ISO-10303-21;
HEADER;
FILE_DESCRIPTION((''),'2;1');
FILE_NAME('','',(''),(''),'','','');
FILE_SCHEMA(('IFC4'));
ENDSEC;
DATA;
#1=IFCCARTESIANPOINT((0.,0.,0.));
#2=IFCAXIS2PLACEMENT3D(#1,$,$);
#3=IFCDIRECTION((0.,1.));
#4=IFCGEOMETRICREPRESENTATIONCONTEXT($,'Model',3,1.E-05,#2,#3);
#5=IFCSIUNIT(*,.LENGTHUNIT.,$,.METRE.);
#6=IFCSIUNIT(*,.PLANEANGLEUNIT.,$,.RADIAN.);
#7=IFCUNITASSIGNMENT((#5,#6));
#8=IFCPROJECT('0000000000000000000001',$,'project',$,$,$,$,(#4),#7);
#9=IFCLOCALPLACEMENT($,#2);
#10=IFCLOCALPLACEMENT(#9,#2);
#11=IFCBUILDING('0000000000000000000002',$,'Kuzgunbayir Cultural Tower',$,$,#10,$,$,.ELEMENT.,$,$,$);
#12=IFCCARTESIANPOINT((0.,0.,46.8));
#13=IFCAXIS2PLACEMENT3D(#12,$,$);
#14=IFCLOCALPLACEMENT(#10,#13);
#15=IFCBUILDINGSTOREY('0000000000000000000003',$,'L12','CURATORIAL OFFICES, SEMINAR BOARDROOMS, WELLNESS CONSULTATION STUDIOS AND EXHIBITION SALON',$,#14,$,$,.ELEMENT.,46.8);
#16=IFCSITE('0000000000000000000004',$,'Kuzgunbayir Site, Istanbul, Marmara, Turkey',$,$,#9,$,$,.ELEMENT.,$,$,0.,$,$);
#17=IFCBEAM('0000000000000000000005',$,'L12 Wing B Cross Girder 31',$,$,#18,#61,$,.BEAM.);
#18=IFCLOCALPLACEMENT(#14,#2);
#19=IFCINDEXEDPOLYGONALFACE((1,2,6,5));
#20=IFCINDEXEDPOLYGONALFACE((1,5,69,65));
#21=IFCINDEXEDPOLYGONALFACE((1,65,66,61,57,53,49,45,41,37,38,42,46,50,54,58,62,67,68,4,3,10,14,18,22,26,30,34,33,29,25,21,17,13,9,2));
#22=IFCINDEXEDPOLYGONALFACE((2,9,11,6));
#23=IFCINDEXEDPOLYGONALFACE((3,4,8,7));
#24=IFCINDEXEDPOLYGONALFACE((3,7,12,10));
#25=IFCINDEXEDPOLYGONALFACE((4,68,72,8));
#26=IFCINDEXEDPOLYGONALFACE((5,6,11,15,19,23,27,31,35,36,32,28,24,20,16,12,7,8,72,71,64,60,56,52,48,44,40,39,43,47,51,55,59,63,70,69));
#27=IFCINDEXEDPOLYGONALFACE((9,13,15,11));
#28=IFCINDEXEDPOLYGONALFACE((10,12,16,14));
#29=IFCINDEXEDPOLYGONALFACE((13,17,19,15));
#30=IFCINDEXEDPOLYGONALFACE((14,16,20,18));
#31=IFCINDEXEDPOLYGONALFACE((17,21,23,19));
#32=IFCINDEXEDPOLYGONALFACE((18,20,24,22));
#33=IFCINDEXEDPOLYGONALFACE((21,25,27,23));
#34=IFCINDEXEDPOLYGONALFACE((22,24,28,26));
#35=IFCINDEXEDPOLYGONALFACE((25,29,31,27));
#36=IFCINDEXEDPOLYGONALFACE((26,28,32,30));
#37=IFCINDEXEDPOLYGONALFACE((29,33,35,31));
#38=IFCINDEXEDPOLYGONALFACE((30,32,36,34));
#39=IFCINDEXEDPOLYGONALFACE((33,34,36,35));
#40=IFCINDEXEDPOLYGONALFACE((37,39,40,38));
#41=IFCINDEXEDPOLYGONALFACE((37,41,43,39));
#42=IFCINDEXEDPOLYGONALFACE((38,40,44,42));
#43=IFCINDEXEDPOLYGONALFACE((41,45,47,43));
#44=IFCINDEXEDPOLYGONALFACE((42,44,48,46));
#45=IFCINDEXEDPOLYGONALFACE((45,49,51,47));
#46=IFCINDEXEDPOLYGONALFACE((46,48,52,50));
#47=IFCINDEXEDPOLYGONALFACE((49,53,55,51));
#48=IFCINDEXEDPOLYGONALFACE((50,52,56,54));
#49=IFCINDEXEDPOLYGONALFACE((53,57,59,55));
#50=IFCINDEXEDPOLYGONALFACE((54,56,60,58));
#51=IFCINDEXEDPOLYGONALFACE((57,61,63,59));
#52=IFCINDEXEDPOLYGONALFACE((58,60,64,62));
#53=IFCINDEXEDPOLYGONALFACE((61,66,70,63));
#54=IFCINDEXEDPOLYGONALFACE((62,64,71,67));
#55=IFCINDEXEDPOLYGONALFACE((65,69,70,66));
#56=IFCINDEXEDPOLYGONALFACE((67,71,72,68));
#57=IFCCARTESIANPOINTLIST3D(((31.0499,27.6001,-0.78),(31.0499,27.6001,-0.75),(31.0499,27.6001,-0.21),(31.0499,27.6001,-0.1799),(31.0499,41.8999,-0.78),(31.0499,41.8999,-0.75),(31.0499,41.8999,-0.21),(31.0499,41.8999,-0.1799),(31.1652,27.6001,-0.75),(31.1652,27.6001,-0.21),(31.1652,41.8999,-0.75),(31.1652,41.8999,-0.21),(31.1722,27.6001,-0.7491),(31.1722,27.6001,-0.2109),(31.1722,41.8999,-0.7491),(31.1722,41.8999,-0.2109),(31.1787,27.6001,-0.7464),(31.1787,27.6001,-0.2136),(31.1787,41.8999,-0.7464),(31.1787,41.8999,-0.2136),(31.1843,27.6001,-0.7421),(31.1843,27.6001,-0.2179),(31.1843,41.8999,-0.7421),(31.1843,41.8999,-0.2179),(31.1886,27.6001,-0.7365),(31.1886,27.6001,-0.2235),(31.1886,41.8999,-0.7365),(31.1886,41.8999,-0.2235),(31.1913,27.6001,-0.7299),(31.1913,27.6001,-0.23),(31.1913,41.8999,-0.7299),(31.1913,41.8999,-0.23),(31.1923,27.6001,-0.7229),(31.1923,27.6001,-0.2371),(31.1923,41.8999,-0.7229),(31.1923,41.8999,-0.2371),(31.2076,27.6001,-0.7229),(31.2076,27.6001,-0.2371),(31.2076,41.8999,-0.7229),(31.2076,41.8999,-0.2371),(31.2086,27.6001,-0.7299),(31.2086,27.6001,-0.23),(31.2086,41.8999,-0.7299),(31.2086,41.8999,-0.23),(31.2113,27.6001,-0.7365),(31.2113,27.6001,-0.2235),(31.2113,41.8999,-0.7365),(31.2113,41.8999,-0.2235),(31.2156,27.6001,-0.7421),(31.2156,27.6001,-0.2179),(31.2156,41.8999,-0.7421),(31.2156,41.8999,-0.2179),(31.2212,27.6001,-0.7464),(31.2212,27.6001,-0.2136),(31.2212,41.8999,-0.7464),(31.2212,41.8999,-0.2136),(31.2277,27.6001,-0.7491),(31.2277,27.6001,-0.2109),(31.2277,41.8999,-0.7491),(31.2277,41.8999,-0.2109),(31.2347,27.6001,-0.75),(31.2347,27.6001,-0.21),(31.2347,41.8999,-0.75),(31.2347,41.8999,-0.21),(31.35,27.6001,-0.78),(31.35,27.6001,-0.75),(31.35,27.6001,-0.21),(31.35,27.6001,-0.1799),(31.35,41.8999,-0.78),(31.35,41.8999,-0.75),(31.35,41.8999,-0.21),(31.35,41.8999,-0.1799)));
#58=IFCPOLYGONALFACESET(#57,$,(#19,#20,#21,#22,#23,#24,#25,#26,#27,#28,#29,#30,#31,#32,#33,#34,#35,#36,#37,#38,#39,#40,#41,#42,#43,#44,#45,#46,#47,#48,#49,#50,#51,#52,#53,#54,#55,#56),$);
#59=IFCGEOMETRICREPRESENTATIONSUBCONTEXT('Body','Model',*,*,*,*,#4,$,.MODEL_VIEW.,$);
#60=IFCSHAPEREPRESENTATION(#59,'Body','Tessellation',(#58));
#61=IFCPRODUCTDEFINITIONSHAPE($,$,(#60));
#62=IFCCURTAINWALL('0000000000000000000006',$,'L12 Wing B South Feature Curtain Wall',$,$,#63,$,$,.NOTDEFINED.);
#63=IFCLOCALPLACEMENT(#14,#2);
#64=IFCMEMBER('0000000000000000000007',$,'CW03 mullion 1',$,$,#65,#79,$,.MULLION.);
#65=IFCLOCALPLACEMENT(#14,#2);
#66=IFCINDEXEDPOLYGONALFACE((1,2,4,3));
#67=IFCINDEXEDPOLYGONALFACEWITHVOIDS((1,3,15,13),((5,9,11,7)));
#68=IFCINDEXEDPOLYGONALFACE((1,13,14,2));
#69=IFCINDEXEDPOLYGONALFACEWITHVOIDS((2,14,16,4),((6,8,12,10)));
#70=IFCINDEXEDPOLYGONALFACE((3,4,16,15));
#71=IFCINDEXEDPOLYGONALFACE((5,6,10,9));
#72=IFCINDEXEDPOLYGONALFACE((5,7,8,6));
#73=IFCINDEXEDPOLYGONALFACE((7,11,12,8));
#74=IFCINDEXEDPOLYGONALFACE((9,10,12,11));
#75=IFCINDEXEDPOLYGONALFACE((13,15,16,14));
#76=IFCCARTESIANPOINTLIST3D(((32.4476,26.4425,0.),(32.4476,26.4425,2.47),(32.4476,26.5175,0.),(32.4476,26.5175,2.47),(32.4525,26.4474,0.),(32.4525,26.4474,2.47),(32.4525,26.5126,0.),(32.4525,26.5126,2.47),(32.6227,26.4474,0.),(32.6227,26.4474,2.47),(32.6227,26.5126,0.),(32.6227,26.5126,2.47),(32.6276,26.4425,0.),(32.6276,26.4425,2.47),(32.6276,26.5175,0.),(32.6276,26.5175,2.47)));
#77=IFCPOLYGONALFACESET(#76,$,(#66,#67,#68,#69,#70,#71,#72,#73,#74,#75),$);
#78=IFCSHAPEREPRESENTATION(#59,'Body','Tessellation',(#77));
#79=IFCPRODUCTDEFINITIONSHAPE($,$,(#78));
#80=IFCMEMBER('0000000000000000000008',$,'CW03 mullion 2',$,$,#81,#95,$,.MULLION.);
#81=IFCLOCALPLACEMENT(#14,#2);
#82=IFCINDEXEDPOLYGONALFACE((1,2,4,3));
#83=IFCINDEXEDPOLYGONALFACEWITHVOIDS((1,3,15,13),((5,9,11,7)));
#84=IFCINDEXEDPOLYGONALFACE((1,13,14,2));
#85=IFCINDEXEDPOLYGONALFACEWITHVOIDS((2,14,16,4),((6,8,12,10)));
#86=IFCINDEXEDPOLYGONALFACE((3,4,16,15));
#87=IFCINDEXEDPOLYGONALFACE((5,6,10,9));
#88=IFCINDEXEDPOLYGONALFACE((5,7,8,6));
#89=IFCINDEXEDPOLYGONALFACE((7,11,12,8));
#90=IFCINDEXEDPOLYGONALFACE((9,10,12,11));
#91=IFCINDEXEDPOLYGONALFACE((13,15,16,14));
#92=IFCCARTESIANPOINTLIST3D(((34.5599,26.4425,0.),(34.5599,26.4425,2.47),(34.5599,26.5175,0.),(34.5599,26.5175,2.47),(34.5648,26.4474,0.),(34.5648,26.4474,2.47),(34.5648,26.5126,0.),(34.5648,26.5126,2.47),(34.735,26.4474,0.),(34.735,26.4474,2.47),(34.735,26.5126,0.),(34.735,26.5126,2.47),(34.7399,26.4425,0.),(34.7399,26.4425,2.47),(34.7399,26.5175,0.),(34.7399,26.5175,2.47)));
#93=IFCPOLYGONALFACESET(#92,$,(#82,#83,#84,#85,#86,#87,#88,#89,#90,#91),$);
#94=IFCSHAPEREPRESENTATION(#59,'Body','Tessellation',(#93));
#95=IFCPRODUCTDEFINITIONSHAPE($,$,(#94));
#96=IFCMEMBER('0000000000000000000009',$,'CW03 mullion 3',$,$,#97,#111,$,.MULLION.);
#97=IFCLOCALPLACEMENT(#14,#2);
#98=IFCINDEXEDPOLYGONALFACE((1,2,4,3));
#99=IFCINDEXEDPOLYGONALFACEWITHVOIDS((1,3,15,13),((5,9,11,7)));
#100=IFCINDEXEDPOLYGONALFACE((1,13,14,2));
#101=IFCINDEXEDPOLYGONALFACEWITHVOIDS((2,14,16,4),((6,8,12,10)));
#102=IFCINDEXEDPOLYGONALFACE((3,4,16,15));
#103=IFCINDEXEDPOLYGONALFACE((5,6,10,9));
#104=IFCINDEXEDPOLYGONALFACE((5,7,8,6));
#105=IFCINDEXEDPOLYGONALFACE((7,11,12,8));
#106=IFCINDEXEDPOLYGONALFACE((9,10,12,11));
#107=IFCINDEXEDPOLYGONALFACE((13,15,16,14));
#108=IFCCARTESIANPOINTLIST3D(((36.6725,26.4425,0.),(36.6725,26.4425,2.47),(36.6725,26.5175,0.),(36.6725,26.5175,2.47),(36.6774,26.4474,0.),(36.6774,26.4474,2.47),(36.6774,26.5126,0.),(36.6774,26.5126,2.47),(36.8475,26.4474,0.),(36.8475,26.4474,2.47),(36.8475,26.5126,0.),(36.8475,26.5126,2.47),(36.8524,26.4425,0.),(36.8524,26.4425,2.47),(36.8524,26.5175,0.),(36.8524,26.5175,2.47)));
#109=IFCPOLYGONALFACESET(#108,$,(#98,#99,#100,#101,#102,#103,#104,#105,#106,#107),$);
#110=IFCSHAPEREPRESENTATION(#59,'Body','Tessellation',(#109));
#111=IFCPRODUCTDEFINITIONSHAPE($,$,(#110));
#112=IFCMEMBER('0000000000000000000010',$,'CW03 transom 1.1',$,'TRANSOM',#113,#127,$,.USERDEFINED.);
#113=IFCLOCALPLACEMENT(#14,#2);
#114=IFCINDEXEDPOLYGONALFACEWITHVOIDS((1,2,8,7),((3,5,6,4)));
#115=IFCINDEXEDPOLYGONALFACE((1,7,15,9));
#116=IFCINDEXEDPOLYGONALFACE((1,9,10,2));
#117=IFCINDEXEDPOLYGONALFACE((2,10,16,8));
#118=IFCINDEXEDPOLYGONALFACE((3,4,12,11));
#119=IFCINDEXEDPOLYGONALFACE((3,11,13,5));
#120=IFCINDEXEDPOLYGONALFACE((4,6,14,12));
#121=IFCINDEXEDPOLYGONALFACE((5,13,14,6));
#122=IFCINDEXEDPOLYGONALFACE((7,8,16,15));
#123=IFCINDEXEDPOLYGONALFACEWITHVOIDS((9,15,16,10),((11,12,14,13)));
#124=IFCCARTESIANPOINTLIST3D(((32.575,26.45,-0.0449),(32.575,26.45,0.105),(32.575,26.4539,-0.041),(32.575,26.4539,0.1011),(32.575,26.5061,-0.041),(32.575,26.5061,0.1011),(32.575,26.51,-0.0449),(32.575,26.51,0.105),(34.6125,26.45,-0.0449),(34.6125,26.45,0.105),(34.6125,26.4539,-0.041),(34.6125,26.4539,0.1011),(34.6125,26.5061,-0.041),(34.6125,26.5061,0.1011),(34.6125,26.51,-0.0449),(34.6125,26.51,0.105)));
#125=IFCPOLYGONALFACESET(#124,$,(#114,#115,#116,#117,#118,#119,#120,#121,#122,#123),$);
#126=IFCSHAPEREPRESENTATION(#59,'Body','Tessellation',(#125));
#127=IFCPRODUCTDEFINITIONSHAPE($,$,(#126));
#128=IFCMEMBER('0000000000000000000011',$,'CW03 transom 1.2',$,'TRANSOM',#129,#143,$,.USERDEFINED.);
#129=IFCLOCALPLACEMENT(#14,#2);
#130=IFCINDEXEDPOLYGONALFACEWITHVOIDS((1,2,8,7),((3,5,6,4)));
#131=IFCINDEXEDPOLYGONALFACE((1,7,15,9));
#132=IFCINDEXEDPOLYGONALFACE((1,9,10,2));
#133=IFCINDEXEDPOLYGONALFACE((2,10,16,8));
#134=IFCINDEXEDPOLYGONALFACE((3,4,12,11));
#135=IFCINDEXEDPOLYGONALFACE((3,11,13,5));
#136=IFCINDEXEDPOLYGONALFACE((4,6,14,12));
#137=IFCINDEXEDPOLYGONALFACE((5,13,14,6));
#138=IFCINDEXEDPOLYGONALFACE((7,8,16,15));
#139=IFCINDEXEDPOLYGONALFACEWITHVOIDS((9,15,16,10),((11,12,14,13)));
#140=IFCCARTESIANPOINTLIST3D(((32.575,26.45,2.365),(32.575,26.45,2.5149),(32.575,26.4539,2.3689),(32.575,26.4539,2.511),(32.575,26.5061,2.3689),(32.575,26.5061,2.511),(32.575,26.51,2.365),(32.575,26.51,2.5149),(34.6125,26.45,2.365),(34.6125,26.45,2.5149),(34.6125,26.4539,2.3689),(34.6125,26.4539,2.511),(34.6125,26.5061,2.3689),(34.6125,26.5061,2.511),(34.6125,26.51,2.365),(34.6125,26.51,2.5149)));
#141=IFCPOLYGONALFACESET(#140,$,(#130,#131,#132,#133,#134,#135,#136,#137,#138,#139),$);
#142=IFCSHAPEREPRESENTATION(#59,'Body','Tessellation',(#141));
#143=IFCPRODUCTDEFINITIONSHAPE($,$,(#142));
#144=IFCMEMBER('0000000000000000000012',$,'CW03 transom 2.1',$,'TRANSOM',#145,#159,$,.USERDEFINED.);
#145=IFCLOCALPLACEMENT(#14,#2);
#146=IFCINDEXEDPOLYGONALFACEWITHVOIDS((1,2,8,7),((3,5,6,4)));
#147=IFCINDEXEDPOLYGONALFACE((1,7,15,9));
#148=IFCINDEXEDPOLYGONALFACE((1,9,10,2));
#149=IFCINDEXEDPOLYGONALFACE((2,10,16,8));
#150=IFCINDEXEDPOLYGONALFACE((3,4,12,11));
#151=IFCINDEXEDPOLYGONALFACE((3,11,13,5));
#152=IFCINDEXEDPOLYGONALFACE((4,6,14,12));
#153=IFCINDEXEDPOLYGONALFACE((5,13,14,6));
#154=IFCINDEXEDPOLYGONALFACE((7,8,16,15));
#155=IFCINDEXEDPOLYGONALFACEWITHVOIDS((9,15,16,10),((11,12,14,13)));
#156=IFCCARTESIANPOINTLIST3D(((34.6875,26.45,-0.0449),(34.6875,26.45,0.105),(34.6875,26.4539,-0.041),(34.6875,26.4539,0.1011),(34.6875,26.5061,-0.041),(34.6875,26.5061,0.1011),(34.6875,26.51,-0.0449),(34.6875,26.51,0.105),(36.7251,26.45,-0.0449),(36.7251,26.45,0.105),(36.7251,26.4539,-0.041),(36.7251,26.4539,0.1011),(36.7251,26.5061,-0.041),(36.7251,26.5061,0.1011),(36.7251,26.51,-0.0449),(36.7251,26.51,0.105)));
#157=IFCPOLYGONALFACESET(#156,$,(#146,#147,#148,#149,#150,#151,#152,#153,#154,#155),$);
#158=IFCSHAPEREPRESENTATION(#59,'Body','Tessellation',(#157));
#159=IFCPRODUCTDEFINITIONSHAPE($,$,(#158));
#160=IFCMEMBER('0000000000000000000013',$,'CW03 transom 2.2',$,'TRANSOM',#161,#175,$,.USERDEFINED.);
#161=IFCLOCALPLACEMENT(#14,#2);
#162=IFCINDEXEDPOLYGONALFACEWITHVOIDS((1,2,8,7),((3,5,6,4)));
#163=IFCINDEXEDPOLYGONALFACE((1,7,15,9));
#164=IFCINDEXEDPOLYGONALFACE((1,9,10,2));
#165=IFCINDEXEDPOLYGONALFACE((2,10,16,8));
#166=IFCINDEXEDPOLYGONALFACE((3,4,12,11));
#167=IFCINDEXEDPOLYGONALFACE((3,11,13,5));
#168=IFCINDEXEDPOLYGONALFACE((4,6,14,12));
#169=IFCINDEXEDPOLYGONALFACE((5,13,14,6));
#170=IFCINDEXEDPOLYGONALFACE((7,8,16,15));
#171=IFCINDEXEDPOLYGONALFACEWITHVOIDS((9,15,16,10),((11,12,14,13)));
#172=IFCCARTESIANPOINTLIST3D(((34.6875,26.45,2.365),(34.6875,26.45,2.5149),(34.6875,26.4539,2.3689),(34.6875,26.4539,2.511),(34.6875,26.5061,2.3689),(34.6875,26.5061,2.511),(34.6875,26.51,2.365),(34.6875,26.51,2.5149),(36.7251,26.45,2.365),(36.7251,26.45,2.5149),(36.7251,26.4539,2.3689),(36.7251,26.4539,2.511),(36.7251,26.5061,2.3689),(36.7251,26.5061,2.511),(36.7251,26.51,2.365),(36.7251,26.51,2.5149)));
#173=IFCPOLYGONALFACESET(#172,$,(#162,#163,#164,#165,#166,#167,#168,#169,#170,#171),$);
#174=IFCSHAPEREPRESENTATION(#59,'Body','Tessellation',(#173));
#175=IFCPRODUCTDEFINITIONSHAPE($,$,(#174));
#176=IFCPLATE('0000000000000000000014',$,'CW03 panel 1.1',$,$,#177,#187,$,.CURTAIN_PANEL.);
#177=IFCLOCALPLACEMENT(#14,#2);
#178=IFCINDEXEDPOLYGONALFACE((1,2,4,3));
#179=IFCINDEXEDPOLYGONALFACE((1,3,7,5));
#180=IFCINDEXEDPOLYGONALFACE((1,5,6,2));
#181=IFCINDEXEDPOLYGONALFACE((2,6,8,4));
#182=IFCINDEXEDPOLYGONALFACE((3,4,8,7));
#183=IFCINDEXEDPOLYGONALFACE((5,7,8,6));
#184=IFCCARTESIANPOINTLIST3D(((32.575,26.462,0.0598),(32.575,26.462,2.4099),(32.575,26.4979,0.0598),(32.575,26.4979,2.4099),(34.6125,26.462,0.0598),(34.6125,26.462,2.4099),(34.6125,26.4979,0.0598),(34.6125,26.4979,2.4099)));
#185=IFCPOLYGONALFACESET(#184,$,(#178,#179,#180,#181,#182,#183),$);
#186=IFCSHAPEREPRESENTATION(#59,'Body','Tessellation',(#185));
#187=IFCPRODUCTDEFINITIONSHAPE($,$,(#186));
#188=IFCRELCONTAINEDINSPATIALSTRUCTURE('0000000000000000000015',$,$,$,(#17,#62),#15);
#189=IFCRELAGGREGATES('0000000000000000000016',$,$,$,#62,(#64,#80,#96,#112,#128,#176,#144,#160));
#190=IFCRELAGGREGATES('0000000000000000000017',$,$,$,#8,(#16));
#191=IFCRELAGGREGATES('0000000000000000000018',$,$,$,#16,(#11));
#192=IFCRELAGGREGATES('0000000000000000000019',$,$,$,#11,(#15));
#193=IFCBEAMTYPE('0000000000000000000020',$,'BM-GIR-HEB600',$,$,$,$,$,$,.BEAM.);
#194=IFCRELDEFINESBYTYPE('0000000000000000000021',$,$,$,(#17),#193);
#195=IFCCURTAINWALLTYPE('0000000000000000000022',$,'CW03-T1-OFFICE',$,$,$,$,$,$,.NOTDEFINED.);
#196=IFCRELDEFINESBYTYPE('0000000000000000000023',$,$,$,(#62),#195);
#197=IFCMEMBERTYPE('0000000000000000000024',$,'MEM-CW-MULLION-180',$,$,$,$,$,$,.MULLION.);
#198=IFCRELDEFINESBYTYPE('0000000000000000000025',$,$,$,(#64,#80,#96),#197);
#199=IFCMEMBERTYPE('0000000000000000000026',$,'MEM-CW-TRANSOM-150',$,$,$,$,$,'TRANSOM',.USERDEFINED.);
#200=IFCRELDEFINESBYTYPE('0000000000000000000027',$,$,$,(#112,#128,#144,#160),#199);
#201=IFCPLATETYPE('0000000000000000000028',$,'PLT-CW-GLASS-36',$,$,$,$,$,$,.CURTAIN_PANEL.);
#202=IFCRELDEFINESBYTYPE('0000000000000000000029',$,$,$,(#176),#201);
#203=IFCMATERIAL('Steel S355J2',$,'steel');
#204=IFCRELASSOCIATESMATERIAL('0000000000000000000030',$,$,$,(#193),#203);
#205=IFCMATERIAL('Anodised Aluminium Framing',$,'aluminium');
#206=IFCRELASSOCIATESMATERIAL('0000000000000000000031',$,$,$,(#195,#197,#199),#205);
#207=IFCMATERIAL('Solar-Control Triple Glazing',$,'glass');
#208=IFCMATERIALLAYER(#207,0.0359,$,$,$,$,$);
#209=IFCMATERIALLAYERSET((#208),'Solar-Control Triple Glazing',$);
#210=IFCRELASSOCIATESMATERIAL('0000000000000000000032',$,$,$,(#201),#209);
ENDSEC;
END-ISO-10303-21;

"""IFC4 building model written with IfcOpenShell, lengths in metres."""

from ifc_helpers import new_model, si_unit, direction, frame, origin, origin_2d, place, context, subcontext, project, spatial, rectangle, hollow_rectangle, i_section, extrude, material, layer, layer_set, material_profile, profile_set, type_object, element, aggregate, save


model = new_model("IFC4")

# Units and contexts
model_context = context("Model", 3, precision=1e-05, world=origin(), true_north=direction((0.0, 1.0)))
body_context = subcontext(model_context, "Body", "Model", "MODEL_VIEW")
ifc_project = project(units=[si_unit("LENGTHUNIT", "METRE"), si_unit("PLANEANGLEUNIT", "RADIAN")], contexts=[model_context])

# Site, building, storey
site_placement = place(None, origin())
site = spatial("IfcSite", under=ifc_project, at=site_placement, Name="Kuzgunbayir Site, Istanbul, Marmara, Turkey", CompositionType="ELEMENT", RefElevation=0.0)
building_placement = place(site_placement, origin())
building = spatial("IfcBuilding", under=site, at=building_placement, Name="Kuzgunbayir Cultural Tower", CompositionType="ELEMENT")
storey_placement = place(building_placement, frame((0.0, 0.0, 46.8)))
storey = spatial("IfcBuildingStorey", under=building, at=storey_placement, Name="L12", Description="CURATORIAL OFFICES, SEMINAR BOARDROOMS, WELLNESS CONSULTATION STUDIOS AND EXHIBITION SALON", CompositionType="ELEMENT", Elevation=46.8)

# Beam
ifc_material_1 = material(Name="Steel S355J2", Category="steel")
ifc_material_profile_1 = material_profile(ifc_material_1, i_section(OverallWidth=0.3, OverallDepth=0.6001, WebThickness=0.0154, FlangeThickness=0.03, FilletRadius=0.0271, at=origin_2d()), Name="HEB 600")
ifc_profile_set_1 = profile_set([ifc_material_profile_1], Name="Steel S355J2")
beam_type_1 = type_object("IfcBeamType", Name="BM-GIR-HEB600", PredefinedType="BEAM", material=ifc_profile_set_1)
beam_1_placement = place(storey_placement, frame((31.2, 27.6001, -0.48), z_axis=(0.0, 1.0, 0.0), x_axis=(-1.0, 0.0, 0.0)))
element("IfcBeam", 1, at=beam_1_placement, inside=storey, type_object=beam_type_1, Name="L12 Wing B Cross Girder 31", PredefinedType="BEAM", context=body_context, shape_type="SweptSolid", body=[
    extrude(i_section(OverallWidth=0.3, OverallDepth=0.6001, WebThickness=0.0154, FlangeThickness=0.03, FilletRadius=0.0271, at=origin_2d()), origin(), (0.0, 0.0, 1.0), 14.2998),
])

# Curtain wall, members, plate
ifc_material_2 = material(Name="Anodised Aluminium Framing", Category="aluminium")
curtain_wall_type = type_object("IfcCurtainWallType", Name="CW03-T1-OFFICE", PredefinedType="NOTDEFINED", material=ifc_material_2)
curtain_wall_placement = place(storey_placement, origin())
curtain_wall = element("IfcCurtainWall", 2, at=curtain_wall_placement, inside=storey, type_object=curtain_wall_type, Name="L12 Wing B South Feature Curtain Wall", PredefinedType="NOTDEFINED")
ifc_material_profile_2 = material_profile(ifc_material_2, hollow_rectangle(XDim=0.075, YDim=0.1799, WallThickness=0.0049, at=origin_2d()), Name="RHS 180x75x5")
ifc_profile_set_2 = profile_set([ifc_material_profile_2], Name="Anodised Aluminium Framing")
member_type_1 = type_object("IfcMemberType", Name="MEM-CW-MULLION-180", PredefinedType="MULLION", material=ifc_profile_set_2)
member_1_placement = place(storey_placement, frame((32.5376, 26.48, 0.0), z_axis=(0.0, 0.0, 1.0), x_axis=(0.0, 1.0, 0.0)))
member_1 = element("IfcMember", 3, at=member_1_placement, type_object=member_type_1, Name="CW03 mullion 1", PredefinedType="MULLION", context=body_context, shape_type="SweptSolid", body=[
    extrude(hollow_rectangle(XDim=0.075, YDim=0.1799, WallThickness=0.0049, at=origin_2d()), origin(), (0.0, 0.0, 1.0), 2.47),
])
member_2_placement = place(storey_placement, frame((34.6499, 26.48, 0.0), z_axis=(0.0, 0.0, 1.0), x_axis=(0.0, 1.0, 0.0)))
member_2 = element("IfcMember", 4, at=member_2_placement, type_object=member_type_1, Name="CW03 mullion 2", PredefinedType="MULLION", context=body_context, shape_type="SweptSolid", body=[
    extrude(hollow_rectangle(XDim=0.075, YDim=0.1799, WallThickness=0.0049, at=origin_2d()), origin(), (0.0, 0.0, 1.0), 2.47),
])
member_3_placement = place(storey_placement, frame((36.7625, 26.48, 0.0), z_axis=(0.0, 0.0, 1.0), x_axis=(0.0, 1.0, 0.0)))
member_3 = element("IfcMember", 5, at=member_3_placement, type_object=member_type_1, Name="CW03 mullion 3", PredefinedType="MULLION", context=body_context, shape_type="SweptSolid", body=[
    extrude(hollow_rectangle(XDim=0.075, YDim=0.1799, WallThickness=0.0049, at=origin_2d()), origin(), (0.0, 0.0, 1.0), 2.47),
])
ifc_material_profile_3 = material_profile(ifc_material_2, hollow_rectangle(XDim=0.0601, YDim=0.1499, WallThickness=0.0039, at=origin_2d()), Name="RHS 150x60x4")
ifc_profile_set_3 = profile_set([ifc_material_profile_3], Name="Anodised Aluminium Framing")
member_type_2 = type_object("IfcMemberType", Name="MEM-CW-TRANSOM-150", ElementType="TRANSOM", PredefinedType="USERDEFINED", material=ifc_profile_set_3)
member_4_placement = place(storey_placement, frame((32.575, 26.48, 0.03), z_axis=(1.0, 0.0, 0.0), x_axis=(0.0, 1.0, 0.0)))
member_4 = element("IfcMember", 6, at=member_4_placement, type_object=member_type_2, Name="CW03 transom 1.1", ObjectType="TRANSOM", PredefinedType="USERDEFINED", context=body_context, shape_type="SweptSolid", body=[
    extrude(hollow_rectangle(XDim=0.0601, YDim=0.1499, WallThickness=0.0039, at=origin_2d()), origin(), (0.0, 0.0, 1.0), 2.0376),
])
member_5_placement = place(storey_placement, frame((32.575, 26.48, 2.4399), z_axis=(1.0, 0.0, 0.0), x_axis=(0.0, 1.0, 0.0)))
member_5 = element("IfcMember", 7, at=member_5_placement, type_object=member_type_2, Name="CW03 transom 1.2", ObjectType="TRANSOM", PredefinedType="USERDEFINED", context=body_context, shape_type="SweptSolid", body=[
    extrude(hollow_rectangle(XDim=0.0601, YDim=0.1499, WallThickness=0.0039, at=origin_2d()), origin(), (0.0, 0.0, 1.0), 2.0376),
])
member_6_placement = place(storey_placement, frame((34.6875, 26.48, 0.03), z_axis=(1.0, 0.0, 0.0), x_axis=(0.0, 1.0, 0.0)))
member_6 = element("IfcMember", 8, at=member_6_placement, type_object=member_type_2, Name="CW03 transom 2.1", ObjectType="TRANSOM", PredefinedType="USERDEFINED", context=body_context, shape_type="SweptSolid", body=[
    extrude(hollow_rectangle(XDim=0.0601, YDim=0.1499, WallThickness=0.0039, at=origin_2d()), origin(), (0.0, 0.0, 1.0), 2.0376),
])
member_7_placement = place(storey_placement, frame((34.6875, 26.48, 2.4399), z_axis=(1.0, 0.0, 0.0), x_axis=(0.0, 1.0, 0.0)))
member_7 = element("IfcMember", 9, at=member_7_placement, type_object=member_type_2, Name="CW03 transom 2.2", ObjectType="TRANSOM", PredefinedType="USERDEFINED", context=body_context, shape_type="SweptSolid", body=[
    extrude(hollow_rectangle(XDim=0.0601, YDim=0.1499, WallThickness=0.0039, at=origin_2d()), origin(), (0.0, 0.0, 1.0), 2.0376),
])
ifc_material_3 = material(Name="Solar-Control Triple Glazing", Category="glass")
ifc_layer_1 = layer(ifc_material_3, 0.0359)
ifc_layer_set_1 = layer_set([ifc_layer_1], Name="Solar-Control Triple Glazing")
plate_type = type_object("IfcPlateType", Name="PLT-CW-GLASS-36", PredefinedType="CURTAIN_PANEL", material=ifc_layer_set_1)
plate_1_placement = place(storey_placement, frame((33.5938, 26.48, 0.0598), z_axis=(0.0, 0.0, 1.0), x_axis=(1.0, 0.0, 0.0)))
plate_1 = element("IfcPlate", 10, at=plate_1_placement, type_object=plate_type, Name="CW03 panel 1.1", PredefinedType="CURTAIN_PANEL", context=body_context, shape_type="SweptSolid", body=[
    extrude(rectangle(XDim=2.0376, YDim=0.0359, at=origin_2d()), origin(), (0.0, 0.0, 1.0), 2.3501),
])
aggregate(curtain_wall, [member_1, member_2, member_3, member_4, member_5, plate_1, member_6, member_7])

save(model, "model.ifc")
